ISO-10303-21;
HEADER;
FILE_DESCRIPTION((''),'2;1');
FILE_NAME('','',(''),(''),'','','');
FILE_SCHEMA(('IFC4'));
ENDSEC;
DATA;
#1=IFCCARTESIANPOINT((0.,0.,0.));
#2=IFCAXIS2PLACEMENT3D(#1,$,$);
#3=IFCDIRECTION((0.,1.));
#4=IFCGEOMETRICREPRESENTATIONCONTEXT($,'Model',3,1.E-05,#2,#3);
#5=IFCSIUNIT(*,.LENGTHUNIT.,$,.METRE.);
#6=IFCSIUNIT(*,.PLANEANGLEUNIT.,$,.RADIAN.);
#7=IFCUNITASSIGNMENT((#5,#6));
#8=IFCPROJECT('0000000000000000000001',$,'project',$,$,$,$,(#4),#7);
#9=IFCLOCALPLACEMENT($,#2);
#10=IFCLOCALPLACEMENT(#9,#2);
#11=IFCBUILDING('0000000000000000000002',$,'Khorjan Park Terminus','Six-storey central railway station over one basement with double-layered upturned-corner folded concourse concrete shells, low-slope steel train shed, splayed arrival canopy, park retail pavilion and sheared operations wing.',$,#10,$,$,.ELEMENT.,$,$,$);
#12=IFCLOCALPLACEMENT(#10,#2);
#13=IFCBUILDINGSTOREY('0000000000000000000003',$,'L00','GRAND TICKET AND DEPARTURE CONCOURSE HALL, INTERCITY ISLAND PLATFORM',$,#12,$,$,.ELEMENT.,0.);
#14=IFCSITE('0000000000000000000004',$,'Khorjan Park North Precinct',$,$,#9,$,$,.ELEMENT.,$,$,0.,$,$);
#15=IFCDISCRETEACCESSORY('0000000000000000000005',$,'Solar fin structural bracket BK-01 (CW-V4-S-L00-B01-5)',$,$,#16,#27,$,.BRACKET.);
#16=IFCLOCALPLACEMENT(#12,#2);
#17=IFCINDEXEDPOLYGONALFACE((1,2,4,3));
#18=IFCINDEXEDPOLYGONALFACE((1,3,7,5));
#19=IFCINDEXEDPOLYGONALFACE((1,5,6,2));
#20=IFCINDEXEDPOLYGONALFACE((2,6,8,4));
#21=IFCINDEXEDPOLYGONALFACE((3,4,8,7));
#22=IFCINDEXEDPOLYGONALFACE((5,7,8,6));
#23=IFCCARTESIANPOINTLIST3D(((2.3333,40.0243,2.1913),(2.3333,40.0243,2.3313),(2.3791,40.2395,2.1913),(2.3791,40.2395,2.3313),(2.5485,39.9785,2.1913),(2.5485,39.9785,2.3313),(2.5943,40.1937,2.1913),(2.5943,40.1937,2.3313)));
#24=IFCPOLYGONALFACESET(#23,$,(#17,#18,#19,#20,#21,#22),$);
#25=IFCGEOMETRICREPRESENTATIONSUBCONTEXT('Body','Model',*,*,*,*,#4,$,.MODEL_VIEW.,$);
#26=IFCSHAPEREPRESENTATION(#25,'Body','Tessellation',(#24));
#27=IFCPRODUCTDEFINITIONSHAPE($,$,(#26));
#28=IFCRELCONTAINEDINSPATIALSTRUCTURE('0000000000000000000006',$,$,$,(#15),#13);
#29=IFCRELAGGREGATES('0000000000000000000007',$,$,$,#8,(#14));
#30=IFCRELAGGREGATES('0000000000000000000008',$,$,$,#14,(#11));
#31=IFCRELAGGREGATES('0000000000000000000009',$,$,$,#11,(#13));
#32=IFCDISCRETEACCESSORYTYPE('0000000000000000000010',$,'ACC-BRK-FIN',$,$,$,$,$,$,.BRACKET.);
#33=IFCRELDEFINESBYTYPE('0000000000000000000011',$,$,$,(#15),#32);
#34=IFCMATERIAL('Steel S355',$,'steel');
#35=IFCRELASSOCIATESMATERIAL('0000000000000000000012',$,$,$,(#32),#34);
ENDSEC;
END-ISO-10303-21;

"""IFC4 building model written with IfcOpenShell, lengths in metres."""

from ifc_helpers import new_model, si_unit, direction, frame, origin, origin_2d, place, context, subcontext, project, spatial, rectangle, extrude, material, type_object, element, save


model = new_model("IFC4")

# Units and contexts
model_context = context("Model", 3, precision=1e-05, world=origin(), true_north=direction((0.0, 1.0)))
body_context = subcontext(model_context, "Body", "Model", "MODEL_VIEW")
ifc_project = project(units=[si_unit("LENGTHUNIT", "METRE"), si_unit("PLANEANGLEUNIT", "RADIAN")], contexts=[model_context])

# Site, building, storey
site_placement = place(None, origin())
site = spatial("IfcSite", under=ifc_project, at=site_placement, Name="Khorjan Park North Precinct", CompositionType="ELEMENT", RefElevation=0.0)
building_placement = place(site_placement, origin())
building = spatial("IfcBuilding", under=site, at=building_placement, Name="Khorjan Park Terminus", Description="Six-storey central railway station over one basement with double-layered upturned-corner folded concourse concrete shells, low-slope steel train shed, splayed arrival canopy, park retail pavilion and sheared operations wing.", CompositionType="ELEMENT")
storey_placement = place(building_placement, origin())
storey = spatial("IfcBuildingStorey", under=building, at=storey_placement, Name="L00", Description="GRAND TICKET AND DEPARTURE CONCOURSE HALL, INTERCITY ISLAND PLATFORM", CompositionType="ELEMENT", Elevation=0.0)

# Shared definitions
ifc_material_1 = material(Name="Steel S355", Category="steel")

# Discrete accessory
discrete_accessory_type = type_object("IfcDiscreteAccessoryType", Name="ACC-BRK-FIN", PredefinedType="BRACKET", material=ifc_material_1)
discrete_accessory_placement = place(storey_placement, frame((2.4638, 40.109, 2.1913), z_axis=(0.0, 0.0, 1.0), x_axis=(0.978147, -0.207914, 0.0)))
element("IfcDiscreteAccessory", 1, at=discrete_accessory_placement, inside=storey, type_object=discrete_accessory_type, Name="Solar fin structural bracket BK-01 (CW-V4-S-L00-B01-5)", PredefinedType="BRACKET", context=body_context, shape_type="SweptSolid", body=[
    extrude(rectangle(XDim=0.22, YDim=0.22, at=origin_2d()), origin(), (0.0, 0.0, 1.0), 0.14),
])

save(model, "model.ifc")
